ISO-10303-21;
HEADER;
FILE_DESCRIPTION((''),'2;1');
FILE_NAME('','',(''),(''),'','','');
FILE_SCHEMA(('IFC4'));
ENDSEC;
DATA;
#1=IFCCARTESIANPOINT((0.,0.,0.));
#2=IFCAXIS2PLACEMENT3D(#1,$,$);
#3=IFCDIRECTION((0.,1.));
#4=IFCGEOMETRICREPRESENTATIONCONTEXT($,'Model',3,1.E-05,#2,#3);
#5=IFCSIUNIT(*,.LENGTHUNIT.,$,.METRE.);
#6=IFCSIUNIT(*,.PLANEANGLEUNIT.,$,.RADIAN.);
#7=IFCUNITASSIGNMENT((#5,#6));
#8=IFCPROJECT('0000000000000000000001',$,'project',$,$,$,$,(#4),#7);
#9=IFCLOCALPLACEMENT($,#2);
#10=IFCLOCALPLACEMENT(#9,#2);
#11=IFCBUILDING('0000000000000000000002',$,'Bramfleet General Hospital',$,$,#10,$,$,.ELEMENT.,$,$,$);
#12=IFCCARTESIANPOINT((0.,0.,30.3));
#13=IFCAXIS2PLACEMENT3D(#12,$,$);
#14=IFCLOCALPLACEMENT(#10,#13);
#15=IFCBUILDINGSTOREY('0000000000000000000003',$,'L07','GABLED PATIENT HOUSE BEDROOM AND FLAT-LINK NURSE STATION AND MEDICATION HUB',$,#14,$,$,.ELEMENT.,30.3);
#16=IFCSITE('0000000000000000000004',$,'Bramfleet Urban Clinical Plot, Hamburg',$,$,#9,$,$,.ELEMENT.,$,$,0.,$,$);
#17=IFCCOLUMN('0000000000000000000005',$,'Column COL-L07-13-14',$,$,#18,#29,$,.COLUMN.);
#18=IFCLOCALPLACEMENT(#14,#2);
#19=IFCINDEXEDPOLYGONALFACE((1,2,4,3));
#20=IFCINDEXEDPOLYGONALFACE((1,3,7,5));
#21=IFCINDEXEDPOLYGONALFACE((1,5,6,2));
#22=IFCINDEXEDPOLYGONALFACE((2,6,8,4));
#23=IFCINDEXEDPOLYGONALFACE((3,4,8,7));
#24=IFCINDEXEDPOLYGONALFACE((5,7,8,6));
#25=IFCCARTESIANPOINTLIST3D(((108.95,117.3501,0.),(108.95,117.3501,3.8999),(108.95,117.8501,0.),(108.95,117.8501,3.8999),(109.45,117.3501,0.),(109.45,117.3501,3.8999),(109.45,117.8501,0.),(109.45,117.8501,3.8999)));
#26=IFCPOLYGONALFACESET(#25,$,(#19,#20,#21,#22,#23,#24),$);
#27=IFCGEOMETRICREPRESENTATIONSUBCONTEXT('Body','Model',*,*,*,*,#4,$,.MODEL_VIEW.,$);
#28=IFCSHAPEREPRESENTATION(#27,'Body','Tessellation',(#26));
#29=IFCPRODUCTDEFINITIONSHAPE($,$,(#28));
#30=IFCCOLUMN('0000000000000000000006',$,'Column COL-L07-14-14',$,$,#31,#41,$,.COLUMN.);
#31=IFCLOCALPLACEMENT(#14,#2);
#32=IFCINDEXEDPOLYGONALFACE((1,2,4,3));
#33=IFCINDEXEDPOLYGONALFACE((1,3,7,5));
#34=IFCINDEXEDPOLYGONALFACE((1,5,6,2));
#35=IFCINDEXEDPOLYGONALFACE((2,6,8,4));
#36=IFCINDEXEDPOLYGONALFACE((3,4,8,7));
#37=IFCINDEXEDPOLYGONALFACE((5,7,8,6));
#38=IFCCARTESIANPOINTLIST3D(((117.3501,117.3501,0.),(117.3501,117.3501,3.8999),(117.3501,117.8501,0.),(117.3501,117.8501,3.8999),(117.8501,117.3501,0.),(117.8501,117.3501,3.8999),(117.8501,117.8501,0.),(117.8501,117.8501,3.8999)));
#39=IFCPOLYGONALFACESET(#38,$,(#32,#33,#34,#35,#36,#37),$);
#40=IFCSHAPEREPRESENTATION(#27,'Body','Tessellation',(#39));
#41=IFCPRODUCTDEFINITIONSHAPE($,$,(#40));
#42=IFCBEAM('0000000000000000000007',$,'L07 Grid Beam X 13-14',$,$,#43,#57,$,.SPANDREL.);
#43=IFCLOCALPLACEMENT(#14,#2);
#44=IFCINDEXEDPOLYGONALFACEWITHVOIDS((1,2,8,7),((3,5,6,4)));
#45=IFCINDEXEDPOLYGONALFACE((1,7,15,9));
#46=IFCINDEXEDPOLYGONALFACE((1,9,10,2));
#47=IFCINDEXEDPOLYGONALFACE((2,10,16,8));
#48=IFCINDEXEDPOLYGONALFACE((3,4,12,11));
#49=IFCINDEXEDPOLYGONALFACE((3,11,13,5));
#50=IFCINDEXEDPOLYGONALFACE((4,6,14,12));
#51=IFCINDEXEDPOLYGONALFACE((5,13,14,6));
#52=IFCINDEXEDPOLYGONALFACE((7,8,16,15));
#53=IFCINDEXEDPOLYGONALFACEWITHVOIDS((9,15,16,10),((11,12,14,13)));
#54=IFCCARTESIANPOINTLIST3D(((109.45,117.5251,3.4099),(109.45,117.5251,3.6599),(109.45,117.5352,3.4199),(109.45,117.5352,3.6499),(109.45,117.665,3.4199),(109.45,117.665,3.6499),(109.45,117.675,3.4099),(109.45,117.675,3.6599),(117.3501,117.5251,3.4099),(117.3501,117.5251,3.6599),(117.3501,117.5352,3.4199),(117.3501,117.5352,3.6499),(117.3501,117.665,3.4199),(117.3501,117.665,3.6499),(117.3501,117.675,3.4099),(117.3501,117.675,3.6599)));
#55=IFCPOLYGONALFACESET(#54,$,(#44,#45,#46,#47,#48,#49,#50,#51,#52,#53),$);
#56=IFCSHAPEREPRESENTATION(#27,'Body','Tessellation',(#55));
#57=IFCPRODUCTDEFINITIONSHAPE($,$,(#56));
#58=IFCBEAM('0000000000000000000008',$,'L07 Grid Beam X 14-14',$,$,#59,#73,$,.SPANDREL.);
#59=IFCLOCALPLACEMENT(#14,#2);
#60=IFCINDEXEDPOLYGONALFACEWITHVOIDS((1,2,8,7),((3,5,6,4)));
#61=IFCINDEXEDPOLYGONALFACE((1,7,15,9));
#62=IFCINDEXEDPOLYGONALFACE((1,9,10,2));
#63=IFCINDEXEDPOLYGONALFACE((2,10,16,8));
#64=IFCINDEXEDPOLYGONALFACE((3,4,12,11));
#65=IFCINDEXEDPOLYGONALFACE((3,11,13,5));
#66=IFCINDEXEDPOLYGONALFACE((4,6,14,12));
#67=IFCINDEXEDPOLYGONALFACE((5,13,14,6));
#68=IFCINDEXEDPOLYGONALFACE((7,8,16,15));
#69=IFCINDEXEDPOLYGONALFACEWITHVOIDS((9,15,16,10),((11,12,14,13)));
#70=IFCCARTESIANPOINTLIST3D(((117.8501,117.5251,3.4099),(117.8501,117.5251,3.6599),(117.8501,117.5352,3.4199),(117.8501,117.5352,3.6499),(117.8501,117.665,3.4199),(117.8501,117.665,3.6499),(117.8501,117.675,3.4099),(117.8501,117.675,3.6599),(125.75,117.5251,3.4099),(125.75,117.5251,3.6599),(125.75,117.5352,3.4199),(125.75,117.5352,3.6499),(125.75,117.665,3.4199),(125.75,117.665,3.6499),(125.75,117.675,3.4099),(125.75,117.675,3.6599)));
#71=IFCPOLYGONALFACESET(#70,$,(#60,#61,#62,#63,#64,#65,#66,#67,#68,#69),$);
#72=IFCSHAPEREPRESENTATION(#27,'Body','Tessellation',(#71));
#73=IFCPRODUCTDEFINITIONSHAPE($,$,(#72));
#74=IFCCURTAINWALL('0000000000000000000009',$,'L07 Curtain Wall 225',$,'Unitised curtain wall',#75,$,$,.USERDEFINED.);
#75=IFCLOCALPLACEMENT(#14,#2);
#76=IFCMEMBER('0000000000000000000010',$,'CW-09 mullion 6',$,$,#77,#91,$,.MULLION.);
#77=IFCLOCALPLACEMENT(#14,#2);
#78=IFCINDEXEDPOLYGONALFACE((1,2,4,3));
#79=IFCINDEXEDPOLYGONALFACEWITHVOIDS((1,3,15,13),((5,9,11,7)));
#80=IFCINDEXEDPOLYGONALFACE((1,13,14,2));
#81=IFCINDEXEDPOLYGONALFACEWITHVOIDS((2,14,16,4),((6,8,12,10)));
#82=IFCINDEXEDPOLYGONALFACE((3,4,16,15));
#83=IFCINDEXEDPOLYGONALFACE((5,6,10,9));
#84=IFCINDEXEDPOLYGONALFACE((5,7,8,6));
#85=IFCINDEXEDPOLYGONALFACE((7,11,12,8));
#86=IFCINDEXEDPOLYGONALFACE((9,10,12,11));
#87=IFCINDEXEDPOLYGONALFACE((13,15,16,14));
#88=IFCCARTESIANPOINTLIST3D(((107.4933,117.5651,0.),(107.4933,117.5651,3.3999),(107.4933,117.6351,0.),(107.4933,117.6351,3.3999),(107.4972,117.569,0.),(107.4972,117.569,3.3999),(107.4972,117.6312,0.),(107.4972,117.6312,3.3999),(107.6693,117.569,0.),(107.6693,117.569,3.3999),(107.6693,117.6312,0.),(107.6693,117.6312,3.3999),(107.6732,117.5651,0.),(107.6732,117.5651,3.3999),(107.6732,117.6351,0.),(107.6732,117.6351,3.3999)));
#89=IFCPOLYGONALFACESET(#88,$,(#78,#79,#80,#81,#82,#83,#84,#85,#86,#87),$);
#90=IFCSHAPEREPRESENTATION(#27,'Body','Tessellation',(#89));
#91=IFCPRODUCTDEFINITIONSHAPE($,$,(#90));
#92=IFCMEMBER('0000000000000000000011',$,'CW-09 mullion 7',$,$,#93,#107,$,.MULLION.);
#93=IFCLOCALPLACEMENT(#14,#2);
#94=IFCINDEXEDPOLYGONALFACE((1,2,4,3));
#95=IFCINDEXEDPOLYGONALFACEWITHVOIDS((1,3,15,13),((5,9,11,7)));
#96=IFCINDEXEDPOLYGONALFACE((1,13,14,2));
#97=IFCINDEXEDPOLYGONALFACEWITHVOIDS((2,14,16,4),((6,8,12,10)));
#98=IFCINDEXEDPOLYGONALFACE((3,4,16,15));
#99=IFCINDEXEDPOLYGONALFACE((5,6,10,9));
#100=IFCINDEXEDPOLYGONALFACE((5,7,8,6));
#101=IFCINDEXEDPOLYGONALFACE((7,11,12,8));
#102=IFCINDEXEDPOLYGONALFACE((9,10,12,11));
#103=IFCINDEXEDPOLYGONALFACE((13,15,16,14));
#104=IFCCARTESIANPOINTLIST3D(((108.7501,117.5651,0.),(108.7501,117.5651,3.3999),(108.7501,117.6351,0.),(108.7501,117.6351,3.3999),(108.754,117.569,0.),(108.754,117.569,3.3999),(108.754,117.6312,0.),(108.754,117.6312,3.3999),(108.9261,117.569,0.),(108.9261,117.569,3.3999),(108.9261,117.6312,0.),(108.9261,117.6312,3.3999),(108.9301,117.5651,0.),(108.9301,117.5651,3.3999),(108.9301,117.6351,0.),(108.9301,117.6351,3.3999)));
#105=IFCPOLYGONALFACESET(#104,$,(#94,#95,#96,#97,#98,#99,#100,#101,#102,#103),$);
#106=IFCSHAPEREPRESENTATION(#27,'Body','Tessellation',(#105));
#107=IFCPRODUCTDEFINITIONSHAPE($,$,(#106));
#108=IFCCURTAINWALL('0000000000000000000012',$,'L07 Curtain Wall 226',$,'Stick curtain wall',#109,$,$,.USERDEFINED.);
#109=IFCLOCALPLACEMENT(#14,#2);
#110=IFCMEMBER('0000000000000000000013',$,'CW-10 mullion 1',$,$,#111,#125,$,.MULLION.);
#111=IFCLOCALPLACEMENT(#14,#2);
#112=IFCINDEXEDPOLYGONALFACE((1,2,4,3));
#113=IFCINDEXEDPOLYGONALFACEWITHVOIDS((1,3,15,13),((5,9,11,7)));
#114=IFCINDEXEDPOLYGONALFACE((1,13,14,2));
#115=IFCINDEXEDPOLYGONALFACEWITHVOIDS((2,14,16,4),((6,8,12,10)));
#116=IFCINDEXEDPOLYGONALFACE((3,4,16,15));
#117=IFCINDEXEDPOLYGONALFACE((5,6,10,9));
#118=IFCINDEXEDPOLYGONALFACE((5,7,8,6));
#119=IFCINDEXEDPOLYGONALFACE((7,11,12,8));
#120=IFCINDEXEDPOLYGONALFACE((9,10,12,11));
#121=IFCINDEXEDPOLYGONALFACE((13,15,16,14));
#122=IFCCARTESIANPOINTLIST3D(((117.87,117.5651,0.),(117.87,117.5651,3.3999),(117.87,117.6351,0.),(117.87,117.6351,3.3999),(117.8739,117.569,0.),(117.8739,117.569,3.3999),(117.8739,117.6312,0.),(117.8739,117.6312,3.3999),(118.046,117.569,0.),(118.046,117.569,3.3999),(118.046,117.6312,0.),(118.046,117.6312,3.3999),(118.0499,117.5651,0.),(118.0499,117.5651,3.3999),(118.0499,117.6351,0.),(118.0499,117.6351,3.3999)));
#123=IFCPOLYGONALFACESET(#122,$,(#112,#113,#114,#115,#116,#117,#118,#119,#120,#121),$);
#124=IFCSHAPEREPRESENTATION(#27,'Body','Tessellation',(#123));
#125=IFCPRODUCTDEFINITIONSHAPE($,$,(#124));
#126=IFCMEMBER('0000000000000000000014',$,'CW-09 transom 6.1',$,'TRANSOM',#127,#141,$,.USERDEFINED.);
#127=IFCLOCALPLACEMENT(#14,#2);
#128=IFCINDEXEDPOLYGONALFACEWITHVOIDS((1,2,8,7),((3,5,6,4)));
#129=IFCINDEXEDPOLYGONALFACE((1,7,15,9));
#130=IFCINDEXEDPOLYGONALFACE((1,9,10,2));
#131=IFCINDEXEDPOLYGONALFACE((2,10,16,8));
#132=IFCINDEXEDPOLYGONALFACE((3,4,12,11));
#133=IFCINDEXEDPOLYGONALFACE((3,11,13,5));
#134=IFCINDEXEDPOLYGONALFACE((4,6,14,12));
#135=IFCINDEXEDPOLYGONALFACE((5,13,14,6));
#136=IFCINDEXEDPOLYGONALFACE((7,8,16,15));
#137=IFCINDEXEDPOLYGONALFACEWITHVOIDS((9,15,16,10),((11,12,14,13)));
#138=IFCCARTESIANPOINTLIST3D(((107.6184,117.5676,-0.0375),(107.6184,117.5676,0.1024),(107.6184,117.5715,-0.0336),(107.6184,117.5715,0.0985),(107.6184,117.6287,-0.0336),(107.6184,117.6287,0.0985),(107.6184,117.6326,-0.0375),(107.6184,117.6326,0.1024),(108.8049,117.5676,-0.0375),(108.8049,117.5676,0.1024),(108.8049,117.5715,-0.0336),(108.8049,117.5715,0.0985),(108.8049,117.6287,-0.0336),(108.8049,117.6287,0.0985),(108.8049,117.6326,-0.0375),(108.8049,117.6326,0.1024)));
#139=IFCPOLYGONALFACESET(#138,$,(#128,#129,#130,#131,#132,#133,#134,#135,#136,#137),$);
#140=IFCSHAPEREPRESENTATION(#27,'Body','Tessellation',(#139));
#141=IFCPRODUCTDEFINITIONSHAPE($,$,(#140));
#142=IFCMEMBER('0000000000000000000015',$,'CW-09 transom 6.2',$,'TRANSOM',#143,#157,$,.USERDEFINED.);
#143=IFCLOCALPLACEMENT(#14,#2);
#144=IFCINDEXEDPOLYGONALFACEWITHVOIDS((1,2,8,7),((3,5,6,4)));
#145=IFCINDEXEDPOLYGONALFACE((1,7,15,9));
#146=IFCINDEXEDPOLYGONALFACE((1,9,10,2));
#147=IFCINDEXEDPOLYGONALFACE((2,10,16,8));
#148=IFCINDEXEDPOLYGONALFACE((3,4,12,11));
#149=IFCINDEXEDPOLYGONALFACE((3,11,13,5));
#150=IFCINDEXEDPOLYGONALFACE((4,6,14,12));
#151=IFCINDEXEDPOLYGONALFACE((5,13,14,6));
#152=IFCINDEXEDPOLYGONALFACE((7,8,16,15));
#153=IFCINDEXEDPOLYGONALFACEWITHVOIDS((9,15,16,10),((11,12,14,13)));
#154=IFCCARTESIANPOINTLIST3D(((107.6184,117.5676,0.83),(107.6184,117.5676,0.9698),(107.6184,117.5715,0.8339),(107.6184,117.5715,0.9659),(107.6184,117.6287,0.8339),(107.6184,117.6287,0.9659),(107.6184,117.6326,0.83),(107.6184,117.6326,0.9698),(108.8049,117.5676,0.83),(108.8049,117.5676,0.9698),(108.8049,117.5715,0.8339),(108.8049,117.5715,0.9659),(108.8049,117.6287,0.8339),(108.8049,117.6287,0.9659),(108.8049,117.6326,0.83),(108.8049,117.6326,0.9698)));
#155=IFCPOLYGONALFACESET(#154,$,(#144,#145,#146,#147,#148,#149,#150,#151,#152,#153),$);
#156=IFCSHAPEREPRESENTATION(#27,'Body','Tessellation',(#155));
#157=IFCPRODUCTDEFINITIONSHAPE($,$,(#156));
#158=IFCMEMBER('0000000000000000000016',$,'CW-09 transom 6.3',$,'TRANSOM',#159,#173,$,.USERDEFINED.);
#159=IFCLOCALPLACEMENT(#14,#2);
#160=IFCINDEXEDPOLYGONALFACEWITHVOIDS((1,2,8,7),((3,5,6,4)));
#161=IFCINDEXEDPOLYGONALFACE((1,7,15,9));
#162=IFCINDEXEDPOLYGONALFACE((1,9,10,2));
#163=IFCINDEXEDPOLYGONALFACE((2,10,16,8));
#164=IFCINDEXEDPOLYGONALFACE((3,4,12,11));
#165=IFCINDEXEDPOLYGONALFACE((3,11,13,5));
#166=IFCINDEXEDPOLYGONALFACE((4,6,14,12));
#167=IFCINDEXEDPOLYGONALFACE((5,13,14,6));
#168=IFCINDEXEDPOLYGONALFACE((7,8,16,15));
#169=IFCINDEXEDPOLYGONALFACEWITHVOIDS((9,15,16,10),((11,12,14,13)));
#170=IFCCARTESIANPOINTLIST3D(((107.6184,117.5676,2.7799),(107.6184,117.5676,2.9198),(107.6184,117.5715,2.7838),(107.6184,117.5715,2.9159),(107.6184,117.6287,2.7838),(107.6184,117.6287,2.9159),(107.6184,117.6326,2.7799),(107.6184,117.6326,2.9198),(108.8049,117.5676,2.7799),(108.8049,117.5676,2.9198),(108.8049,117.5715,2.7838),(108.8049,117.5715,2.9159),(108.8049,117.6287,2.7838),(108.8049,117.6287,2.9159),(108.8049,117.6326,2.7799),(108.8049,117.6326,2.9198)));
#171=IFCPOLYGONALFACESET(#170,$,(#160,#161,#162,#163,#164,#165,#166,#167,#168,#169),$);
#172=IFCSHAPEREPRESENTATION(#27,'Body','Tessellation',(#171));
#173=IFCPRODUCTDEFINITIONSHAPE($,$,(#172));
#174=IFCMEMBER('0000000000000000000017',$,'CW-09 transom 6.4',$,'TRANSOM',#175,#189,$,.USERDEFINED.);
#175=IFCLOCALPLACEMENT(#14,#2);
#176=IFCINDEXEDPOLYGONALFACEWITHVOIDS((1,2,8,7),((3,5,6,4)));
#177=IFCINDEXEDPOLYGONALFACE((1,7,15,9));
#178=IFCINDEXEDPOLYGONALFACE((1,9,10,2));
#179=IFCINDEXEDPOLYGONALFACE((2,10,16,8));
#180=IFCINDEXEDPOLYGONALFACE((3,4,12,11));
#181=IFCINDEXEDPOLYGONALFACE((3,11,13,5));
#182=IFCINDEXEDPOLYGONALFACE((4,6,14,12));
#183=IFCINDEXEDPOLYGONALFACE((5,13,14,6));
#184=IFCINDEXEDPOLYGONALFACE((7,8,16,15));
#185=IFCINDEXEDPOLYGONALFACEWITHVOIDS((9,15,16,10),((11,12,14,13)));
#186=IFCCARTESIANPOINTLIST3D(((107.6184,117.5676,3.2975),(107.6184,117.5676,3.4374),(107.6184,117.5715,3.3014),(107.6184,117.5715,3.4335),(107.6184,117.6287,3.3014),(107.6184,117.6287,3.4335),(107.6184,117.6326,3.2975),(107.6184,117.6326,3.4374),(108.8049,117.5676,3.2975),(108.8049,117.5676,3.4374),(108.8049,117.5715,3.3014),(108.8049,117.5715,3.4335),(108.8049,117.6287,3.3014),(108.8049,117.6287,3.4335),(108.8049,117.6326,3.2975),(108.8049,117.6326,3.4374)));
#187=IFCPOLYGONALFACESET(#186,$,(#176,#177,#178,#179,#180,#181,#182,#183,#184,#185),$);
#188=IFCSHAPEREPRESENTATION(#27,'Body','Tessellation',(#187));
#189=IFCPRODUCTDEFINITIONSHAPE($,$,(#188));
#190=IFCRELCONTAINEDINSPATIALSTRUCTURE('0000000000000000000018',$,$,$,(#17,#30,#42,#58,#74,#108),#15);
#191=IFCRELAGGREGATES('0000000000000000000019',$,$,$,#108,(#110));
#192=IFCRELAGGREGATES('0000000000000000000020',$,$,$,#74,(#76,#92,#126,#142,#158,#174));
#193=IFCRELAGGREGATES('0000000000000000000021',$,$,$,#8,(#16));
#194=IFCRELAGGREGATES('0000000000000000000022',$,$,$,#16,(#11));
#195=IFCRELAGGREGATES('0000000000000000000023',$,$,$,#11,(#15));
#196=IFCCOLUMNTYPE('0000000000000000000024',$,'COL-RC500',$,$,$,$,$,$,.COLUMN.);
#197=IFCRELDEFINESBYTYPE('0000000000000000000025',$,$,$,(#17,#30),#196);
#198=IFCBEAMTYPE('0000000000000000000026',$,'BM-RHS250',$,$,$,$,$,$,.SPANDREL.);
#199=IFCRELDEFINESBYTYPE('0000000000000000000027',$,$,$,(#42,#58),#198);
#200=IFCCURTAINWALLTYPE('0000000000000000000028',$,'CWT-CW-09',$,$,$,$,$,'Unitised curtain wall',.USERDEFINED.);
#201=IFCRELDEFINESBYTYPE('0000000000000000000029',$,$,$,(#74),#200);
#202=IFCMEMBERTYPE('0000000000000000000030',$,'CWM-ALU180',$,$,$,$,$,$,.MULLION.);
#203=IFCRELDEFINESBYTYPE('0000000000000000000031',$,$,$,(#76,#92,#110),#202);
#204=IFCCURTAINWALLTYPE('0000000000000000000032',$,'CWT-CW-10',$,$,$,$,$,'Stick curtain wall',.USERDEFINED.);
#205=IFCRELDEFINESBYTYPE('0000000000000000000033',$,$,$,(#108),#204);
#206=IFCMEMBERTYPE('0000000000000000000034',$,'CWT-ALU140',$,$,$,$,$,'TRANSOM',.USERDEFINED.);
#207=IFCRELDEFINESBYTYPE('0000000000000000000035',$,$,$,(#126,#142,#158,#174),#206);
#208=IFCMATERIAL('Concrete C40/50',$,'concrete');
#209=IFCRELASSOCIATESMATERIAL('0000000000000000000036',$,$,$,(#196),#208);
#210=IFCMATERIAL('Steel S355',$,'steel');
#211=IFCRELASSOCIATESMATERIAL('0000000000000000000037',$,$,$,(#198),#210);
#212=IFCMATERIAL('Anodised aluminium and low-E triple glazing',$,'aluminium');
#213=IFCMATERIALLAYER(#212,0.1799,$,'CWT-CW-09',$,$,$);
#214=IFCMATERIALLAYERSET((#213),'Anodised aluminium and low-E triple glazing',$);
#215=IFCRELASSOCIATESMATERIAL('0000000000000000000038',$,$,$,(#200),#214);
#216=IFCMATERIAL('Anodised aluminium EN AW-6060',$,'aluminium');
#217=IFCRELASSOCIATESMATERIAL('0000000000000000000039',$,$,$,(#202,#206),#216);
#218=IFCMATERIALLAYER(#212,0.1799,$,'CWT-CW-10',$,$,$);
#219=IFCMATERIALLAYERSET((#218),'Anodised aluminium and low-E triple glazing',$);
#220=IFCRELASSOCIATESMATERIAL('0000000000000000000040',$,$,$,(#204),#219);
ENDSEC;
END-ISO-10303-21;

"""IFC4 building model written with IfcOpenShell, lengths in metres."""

from ifc_helpers import new_model, si_unit, direction, frame, origin, origin_2d, place, context, subcontext, project, spatial, rectangle, hollow_rectangle, extrude, material, layer, layer_set, material_profile, profile_set, type_object, element, aggregate, save


model = new_model("IFC4")

# Units and contexts
model_context = context("Model", 3, precision=1e-05, world=origin(), true_north=direction((0.0, 1.0)))
body_context = subcontext(model_context, "Body", "Model", "MODEL_VIEW")
ifc_project = project(units=[si_unit("LENGTHUNIT", "METRE"), si_unit("PLANEANGLEUNIT", "RADIAN")], contexts=[model_context])

# Site, building, storey
site_placement = place(None, origin())
site = spatial("IfcSite", under=ifc_project, at=site_placement, Name="Bramfleet Urban Clinical Plot, Hamburg", CompositionType="ELEMENT", RefElevation=0.0)
building_placement = place(site_placement, origin())
building = spatial("IfcBuilding", under=site, at=building_placement, Name="Bramfleet General Hospital", CompositionType="ELEMENT")
storey_placement = place(building_placement, frame((0.0, 0.0, 30.3)))
storey = spatial("IfcBuildingStorey", under=building, at=storey_placement, Name="L07", Description="GABLED PATIENT HOUSE BEDROOM AND FLAT-LINK NURSE STATION AND MEDICATION HUB", CompositionType="ELEMENT", Elevation=30.3)

# Columns
ifc_material_1 = material(Name="Concrete C40/50", Category="concrete")
ifc_material_profile_1 = material_profile(ifc_material_1, rectangle(XDim=0.5, YDim=0.5, at=origin_2d()), Name="RC COL 500x500")
ifc_profile_set_1 = profile_set([ifc_material_profile_1], Name="Concrete C40/50")
column_type = type_object("IfcColumnType", Name="COL-RC500", PredefinedType="COLUMN", material=ifc_profile_set_1)
for number, where, z_axis, x_axis, name in (
    (1, (109.2, 117.6001, 0.0), (0.0, 0.0, 1.0), (1.0, 0.0, 0.0), "Column COL-L07-13-14"),
    (2, (117.6001, 117.6001, 0.0), (0.0, 0.0, 1.0), (1.0, 0.0, 0.0), "Column COL-L07-14-14"),
):
    element("IfcColumn", number, at=place(storey_placement, frame(where, z_axis=z_axis, x_axis=x_axis)), inside=storey, type_object=column_type, Name=name, PredefinedType="COLUMN", context=body_context, shape_type="SweptSolid", body=[
        extrude(rectangle(XDim=0.5, YDim=0.5, at=origin_2d()), origin(), (0.0, 0.0, 1.0), 3.8999),
    ])

# Beams
ifc_material_2 = material(Name="Steel S355", Category="steel")
ifc_material_profile_2 = material_profile(ifc_material_2, hollow_rectangle(XDim=0.1499, YDim=0.25, WallThickness=0.01, at=origin_2d()), Name="RHS 250x150x10.0")
ifc_profile_set_2 = profile_set([ifc_material_profile_2], Name="Steel S355")
beam_type = type_object("IfcBeamType", Name="BM-RHS250", PredefinedType="SPANDREL", material=ifc_profile_set_2)
beam_1_placement = place(storey_placement, frame((109.45, 117.6001, 3.5349), z_axis=(1.0, 0.0, 0.0), x_axis=(0.0, 1.0, 0.0)))
element("IfcBeam", 3, at=beam_1_placement, inside=storey, type_object=beam_type, Name="L07 Grid Beam X 13-14", PredefinedType="SPANDREL", context=body_context, shape_type="SweptSolid", body=[
    extrude(hollow_rectangle(XDim=0.1499, YDim=0.25, WallThickness=0.01, at=origin_2d()), origin(), (0.0, 0.0, 1.0), 7.9001),
])
beam_2_placement = place(storey_placement, frame((117.8501, 117.6001, 3.5349), z_axis=(1.0, 0.0, 0.0), x_axis=(0.0, 1.0, 0.0)))
element("IfcBeam", 4, at=beam_2_placement, inside=storey, type_object=beam_type, Name="L07 Grid Beam X 14-14", PredefinedType="SPANDREL", context=body_context, shape_type="SweptSolid", body=[
    extrude(hollow_rectangle(XDim=0.1499, YDim=0.25, WallThickness=0.01, at=origin_2d()), origin(), (0.0, 0.0, 1.0), 7.8999),
])

# Curtain wall, members
ifc_material_3 = material(Name="Anodised aluminium and low-E triple glazing", Category="aluminium")
ifc_layer_1 = layer(ifc_material_3, 0.1799, Name="CWT-CW-09")
ifc_layer_set_1 = layer_set([ifc_layer_1], Name="Anodised aluminium and low-E triple glazing")
curtain_wall_type_1 = type_object("IfcCurtainWallType", Name="CWT-CW-09", ElementType="Unitised curtain wall", PredefinedType="USERDEFINED", material=ifc_layer_set_1)
curtain_wall_1_placement = place(storey_placement, origin())
curtain_wall_1 = element("IfcCurtainWall", 5, at=curtain_wall_1_placement, inside=storey, type_object=curtain_wall_type_1, Name="L07 Curtain Wall 225", ObjectType="Unitised curtain wall", PredefinedType="USERDEFINED")
ifc_material_4 = material(Name="Anodised aluminium EN AW-6060", Category="aluminium")
ifc_material_profile_3 = material_profile(ifc_material_4, hollow_rectangle(XDim=0.0701, YDim=0.1799, WallThickness=0.0039, at=origin_2d()), Name="ALU 180x70x4.0")
ifc_profile_set_3 = profile_set([ifc_material_profile_3], Name="Anodised aluminium EN AW-6060")
member_type_1 = type_object("IfcMemberType", Name="CWM-ALU180", PredefinedType="MULLION", material=ifc_profile_set_3)
member_1_placement = place(storey_placement, frame((107.5833, 117.6001, 0.0), z_axis=(0.0, 0.0, 1.0), x_axis=(0.0, 1.0, 0.0)))
member_1 = element("IfcMember", 6, at=member_1_placement, type_object=member_type_1, Name="CW-09 mullion 6", PredefinedType="MULLION", context=body_context, shape_type="SweptSolid", body=[
    extrude(hollow_rectangle(XDim=0.0701, YDim=0.1799, WallThickness=0.0039, at=origin_2d()), origin(), (0.0, 0.0, 1.0), 3.3999),
])
member_2_placement = place(storey_placement, frame((108.8401, 117.6001, 0.0), z_axis=(0.0, 0.0, 1.0), x_axis=(0.0, 1.0, 0.0)))
member_2 = element("IfcMember", 7, at=member_2_placement, type_object=member_type_1, Name="CW-09 mullion 7", PredefinedType="MULLION", context=body_context, shape_type="SweptSolid", body=[
    extrude(hollow_rectangle(XDim=0.0701, YDim=0.1799, WallThickness=0.0039, at=origin_2d()), origin(), (0.0, 0.0, 1.0), 3.3999),
])

# Curtain wall, member
ifc_layer_2 = layer(ifc_material_3, 0.1799, Name="CWT-CW-10")
ifc_layer_set_2 = layer_set([ifc_layer_2], Name="Anodised aluminium and low-E triple glazing")
curtain_wall_type_2 = type_object("IfcCurtainWallType", Name="CWT-CW-10", ElementType="Stick curtain wall", PredefinedType="USERDEFINED", material=ifc_layer_set_2)
curtain_wall_2_placement = place(storey_placement, origin())
curtain_wall_2 = element("IfcCurtainWall", 8, at=curtain_wall_2_placement, inside=storey, type_object=curtain_wall_type_2, Name="L07 Curtain Wall 226", ObjectType="Stick curtain wall", PredefinedType="USERDEFINED")
member_3_placement = place(storey_placement, frame((117.96, 117.6001, 0.0), z_axis=(0.0, 0.0, 1.0), x_axis=(0.0, 1.0, 0.0)))
member_3 = element("IfcMember", 9, at=member_3_placement, type_object=member_type_1, Name="CW-10 mullion 1", PredefinedType="MULLION", context=body_context, shape_type="SweptSolid", body=[
    extrude(hollow_rectangle(XDim=0.0701, YDim=0.1799, WallThickness=0.0039, at=origin_2d()), origin(), (0.0, 0.0, 1.0), 3.3999),
])

# Members
ifc_material_profile_4 = material_profile(ifc_material_4, hollow_rectangle(XDim=0.0649, YDim=0.1399, WallThickness=0.0039, at=origin_2d()), Name="ALU 140x65x4.0")
ifc_profile_set_4 = profile_set([ifc_material_profile_4], Name="Anodised aluminium EN AW-6060")
member_type_2 = type_object("IfcMemberType", Name="CWT-ALU140", ElementType="TRANSOM", PredefinedType="USERDEFINED", material=ifc_profile_set_4)
member_4_placement = place(storey_placement, frame((107.6184, 117.6001, 0.0325), z_axis=(1.0, 0.0, 0.0), x_axis=(0.0, 1.0, 0.0)))
member_4 = element("IfcMember", 10, at=member_4_placement, type_object=member_type_2, Name="CW-09 transom 6.1", ObjectType="TRANSOM", PredefinedType="USERDEFINED", context=body_context, shape_type="SweptSolid", body=[
    extrude(hollow_rectangle(XDim=0.0649, YDim=0.1399, WallThickness=0.0039, at=origin_2d()), origin(), (0.0, 0.0, 1.0), 1.1865),
])
member_5_placement = place(storey_placement, frame((107.6184, 117.6001, 0.8999), z_axis=(1.0, 0.0, 0.0), x_axis=(0.0, 1.0, 0.0)))
member_5 = element("IfcMember", 11, at=member_5_placement, type_object=member_type_2, Name="CW-09 transom 6.2", ObjectType="TRANSOM", PredefinedType="USERDEFINED", context=body_context, shape_type="SweptSolid", body=[
    extrude(hollow_rectangle(XDim=0.0649, YDim=0.1399, WallThickness=0.0039, at=origin_2d()), origin(), (0.0, 0.0, 1.0), 1.1865),
])
member_6_placement = place(storey_placement, frame((107.6184, 117.6001, 2.8499), z_axis=(1.0, 0.0, 0.0), x_axis=(0.0, 1.0, 0.0)))
member_6 = element("IfcMember", 12, at=member_6_placement, type_object=member_type_2, Name="CW-09 transom 6.3", ObjectType="TRANSOM", PredefinedType="USERDEFINED", context=body_context, shape_type="SweptSolid", body=[
    extrude(hollow_rectangle(XDim=0.0649, YDim=0.1399, WallThickness=0.0039, at=origin_2d()), origin(), (0.0, 0.0, 1.0), 1.1865),
])
member_7_placement = place(storey_placement, frame((107.6184, 117.6001, 3.3674), z_axis=(1.0, 0.0, 0.0), x_axis=(0.0, 1.0, 0.0)))
member_7 = element("IfcMember", 13, at=member_7_placement, type_object=member_type_2, Name="CW-09 transom 6.4", ObjectType="TRANSOM", PredefinedType="USERDEFINED", context=body_context, shape_type="SweptSolid", body=[
    extrude(hollow_rectangle(XDim=0.0649, YDim=0.1399, WallThickness=0.0039, at=origin_2d()), origin(), (0.0, 0.0, 1.0), 1.1865),
])
aggregate(curtain_wall_2, [member_3])

aggregate(curtain_wall_1, [member_1, member_2, member_4, member_5, member_6, member_7])

save(model, "model.ifc")
